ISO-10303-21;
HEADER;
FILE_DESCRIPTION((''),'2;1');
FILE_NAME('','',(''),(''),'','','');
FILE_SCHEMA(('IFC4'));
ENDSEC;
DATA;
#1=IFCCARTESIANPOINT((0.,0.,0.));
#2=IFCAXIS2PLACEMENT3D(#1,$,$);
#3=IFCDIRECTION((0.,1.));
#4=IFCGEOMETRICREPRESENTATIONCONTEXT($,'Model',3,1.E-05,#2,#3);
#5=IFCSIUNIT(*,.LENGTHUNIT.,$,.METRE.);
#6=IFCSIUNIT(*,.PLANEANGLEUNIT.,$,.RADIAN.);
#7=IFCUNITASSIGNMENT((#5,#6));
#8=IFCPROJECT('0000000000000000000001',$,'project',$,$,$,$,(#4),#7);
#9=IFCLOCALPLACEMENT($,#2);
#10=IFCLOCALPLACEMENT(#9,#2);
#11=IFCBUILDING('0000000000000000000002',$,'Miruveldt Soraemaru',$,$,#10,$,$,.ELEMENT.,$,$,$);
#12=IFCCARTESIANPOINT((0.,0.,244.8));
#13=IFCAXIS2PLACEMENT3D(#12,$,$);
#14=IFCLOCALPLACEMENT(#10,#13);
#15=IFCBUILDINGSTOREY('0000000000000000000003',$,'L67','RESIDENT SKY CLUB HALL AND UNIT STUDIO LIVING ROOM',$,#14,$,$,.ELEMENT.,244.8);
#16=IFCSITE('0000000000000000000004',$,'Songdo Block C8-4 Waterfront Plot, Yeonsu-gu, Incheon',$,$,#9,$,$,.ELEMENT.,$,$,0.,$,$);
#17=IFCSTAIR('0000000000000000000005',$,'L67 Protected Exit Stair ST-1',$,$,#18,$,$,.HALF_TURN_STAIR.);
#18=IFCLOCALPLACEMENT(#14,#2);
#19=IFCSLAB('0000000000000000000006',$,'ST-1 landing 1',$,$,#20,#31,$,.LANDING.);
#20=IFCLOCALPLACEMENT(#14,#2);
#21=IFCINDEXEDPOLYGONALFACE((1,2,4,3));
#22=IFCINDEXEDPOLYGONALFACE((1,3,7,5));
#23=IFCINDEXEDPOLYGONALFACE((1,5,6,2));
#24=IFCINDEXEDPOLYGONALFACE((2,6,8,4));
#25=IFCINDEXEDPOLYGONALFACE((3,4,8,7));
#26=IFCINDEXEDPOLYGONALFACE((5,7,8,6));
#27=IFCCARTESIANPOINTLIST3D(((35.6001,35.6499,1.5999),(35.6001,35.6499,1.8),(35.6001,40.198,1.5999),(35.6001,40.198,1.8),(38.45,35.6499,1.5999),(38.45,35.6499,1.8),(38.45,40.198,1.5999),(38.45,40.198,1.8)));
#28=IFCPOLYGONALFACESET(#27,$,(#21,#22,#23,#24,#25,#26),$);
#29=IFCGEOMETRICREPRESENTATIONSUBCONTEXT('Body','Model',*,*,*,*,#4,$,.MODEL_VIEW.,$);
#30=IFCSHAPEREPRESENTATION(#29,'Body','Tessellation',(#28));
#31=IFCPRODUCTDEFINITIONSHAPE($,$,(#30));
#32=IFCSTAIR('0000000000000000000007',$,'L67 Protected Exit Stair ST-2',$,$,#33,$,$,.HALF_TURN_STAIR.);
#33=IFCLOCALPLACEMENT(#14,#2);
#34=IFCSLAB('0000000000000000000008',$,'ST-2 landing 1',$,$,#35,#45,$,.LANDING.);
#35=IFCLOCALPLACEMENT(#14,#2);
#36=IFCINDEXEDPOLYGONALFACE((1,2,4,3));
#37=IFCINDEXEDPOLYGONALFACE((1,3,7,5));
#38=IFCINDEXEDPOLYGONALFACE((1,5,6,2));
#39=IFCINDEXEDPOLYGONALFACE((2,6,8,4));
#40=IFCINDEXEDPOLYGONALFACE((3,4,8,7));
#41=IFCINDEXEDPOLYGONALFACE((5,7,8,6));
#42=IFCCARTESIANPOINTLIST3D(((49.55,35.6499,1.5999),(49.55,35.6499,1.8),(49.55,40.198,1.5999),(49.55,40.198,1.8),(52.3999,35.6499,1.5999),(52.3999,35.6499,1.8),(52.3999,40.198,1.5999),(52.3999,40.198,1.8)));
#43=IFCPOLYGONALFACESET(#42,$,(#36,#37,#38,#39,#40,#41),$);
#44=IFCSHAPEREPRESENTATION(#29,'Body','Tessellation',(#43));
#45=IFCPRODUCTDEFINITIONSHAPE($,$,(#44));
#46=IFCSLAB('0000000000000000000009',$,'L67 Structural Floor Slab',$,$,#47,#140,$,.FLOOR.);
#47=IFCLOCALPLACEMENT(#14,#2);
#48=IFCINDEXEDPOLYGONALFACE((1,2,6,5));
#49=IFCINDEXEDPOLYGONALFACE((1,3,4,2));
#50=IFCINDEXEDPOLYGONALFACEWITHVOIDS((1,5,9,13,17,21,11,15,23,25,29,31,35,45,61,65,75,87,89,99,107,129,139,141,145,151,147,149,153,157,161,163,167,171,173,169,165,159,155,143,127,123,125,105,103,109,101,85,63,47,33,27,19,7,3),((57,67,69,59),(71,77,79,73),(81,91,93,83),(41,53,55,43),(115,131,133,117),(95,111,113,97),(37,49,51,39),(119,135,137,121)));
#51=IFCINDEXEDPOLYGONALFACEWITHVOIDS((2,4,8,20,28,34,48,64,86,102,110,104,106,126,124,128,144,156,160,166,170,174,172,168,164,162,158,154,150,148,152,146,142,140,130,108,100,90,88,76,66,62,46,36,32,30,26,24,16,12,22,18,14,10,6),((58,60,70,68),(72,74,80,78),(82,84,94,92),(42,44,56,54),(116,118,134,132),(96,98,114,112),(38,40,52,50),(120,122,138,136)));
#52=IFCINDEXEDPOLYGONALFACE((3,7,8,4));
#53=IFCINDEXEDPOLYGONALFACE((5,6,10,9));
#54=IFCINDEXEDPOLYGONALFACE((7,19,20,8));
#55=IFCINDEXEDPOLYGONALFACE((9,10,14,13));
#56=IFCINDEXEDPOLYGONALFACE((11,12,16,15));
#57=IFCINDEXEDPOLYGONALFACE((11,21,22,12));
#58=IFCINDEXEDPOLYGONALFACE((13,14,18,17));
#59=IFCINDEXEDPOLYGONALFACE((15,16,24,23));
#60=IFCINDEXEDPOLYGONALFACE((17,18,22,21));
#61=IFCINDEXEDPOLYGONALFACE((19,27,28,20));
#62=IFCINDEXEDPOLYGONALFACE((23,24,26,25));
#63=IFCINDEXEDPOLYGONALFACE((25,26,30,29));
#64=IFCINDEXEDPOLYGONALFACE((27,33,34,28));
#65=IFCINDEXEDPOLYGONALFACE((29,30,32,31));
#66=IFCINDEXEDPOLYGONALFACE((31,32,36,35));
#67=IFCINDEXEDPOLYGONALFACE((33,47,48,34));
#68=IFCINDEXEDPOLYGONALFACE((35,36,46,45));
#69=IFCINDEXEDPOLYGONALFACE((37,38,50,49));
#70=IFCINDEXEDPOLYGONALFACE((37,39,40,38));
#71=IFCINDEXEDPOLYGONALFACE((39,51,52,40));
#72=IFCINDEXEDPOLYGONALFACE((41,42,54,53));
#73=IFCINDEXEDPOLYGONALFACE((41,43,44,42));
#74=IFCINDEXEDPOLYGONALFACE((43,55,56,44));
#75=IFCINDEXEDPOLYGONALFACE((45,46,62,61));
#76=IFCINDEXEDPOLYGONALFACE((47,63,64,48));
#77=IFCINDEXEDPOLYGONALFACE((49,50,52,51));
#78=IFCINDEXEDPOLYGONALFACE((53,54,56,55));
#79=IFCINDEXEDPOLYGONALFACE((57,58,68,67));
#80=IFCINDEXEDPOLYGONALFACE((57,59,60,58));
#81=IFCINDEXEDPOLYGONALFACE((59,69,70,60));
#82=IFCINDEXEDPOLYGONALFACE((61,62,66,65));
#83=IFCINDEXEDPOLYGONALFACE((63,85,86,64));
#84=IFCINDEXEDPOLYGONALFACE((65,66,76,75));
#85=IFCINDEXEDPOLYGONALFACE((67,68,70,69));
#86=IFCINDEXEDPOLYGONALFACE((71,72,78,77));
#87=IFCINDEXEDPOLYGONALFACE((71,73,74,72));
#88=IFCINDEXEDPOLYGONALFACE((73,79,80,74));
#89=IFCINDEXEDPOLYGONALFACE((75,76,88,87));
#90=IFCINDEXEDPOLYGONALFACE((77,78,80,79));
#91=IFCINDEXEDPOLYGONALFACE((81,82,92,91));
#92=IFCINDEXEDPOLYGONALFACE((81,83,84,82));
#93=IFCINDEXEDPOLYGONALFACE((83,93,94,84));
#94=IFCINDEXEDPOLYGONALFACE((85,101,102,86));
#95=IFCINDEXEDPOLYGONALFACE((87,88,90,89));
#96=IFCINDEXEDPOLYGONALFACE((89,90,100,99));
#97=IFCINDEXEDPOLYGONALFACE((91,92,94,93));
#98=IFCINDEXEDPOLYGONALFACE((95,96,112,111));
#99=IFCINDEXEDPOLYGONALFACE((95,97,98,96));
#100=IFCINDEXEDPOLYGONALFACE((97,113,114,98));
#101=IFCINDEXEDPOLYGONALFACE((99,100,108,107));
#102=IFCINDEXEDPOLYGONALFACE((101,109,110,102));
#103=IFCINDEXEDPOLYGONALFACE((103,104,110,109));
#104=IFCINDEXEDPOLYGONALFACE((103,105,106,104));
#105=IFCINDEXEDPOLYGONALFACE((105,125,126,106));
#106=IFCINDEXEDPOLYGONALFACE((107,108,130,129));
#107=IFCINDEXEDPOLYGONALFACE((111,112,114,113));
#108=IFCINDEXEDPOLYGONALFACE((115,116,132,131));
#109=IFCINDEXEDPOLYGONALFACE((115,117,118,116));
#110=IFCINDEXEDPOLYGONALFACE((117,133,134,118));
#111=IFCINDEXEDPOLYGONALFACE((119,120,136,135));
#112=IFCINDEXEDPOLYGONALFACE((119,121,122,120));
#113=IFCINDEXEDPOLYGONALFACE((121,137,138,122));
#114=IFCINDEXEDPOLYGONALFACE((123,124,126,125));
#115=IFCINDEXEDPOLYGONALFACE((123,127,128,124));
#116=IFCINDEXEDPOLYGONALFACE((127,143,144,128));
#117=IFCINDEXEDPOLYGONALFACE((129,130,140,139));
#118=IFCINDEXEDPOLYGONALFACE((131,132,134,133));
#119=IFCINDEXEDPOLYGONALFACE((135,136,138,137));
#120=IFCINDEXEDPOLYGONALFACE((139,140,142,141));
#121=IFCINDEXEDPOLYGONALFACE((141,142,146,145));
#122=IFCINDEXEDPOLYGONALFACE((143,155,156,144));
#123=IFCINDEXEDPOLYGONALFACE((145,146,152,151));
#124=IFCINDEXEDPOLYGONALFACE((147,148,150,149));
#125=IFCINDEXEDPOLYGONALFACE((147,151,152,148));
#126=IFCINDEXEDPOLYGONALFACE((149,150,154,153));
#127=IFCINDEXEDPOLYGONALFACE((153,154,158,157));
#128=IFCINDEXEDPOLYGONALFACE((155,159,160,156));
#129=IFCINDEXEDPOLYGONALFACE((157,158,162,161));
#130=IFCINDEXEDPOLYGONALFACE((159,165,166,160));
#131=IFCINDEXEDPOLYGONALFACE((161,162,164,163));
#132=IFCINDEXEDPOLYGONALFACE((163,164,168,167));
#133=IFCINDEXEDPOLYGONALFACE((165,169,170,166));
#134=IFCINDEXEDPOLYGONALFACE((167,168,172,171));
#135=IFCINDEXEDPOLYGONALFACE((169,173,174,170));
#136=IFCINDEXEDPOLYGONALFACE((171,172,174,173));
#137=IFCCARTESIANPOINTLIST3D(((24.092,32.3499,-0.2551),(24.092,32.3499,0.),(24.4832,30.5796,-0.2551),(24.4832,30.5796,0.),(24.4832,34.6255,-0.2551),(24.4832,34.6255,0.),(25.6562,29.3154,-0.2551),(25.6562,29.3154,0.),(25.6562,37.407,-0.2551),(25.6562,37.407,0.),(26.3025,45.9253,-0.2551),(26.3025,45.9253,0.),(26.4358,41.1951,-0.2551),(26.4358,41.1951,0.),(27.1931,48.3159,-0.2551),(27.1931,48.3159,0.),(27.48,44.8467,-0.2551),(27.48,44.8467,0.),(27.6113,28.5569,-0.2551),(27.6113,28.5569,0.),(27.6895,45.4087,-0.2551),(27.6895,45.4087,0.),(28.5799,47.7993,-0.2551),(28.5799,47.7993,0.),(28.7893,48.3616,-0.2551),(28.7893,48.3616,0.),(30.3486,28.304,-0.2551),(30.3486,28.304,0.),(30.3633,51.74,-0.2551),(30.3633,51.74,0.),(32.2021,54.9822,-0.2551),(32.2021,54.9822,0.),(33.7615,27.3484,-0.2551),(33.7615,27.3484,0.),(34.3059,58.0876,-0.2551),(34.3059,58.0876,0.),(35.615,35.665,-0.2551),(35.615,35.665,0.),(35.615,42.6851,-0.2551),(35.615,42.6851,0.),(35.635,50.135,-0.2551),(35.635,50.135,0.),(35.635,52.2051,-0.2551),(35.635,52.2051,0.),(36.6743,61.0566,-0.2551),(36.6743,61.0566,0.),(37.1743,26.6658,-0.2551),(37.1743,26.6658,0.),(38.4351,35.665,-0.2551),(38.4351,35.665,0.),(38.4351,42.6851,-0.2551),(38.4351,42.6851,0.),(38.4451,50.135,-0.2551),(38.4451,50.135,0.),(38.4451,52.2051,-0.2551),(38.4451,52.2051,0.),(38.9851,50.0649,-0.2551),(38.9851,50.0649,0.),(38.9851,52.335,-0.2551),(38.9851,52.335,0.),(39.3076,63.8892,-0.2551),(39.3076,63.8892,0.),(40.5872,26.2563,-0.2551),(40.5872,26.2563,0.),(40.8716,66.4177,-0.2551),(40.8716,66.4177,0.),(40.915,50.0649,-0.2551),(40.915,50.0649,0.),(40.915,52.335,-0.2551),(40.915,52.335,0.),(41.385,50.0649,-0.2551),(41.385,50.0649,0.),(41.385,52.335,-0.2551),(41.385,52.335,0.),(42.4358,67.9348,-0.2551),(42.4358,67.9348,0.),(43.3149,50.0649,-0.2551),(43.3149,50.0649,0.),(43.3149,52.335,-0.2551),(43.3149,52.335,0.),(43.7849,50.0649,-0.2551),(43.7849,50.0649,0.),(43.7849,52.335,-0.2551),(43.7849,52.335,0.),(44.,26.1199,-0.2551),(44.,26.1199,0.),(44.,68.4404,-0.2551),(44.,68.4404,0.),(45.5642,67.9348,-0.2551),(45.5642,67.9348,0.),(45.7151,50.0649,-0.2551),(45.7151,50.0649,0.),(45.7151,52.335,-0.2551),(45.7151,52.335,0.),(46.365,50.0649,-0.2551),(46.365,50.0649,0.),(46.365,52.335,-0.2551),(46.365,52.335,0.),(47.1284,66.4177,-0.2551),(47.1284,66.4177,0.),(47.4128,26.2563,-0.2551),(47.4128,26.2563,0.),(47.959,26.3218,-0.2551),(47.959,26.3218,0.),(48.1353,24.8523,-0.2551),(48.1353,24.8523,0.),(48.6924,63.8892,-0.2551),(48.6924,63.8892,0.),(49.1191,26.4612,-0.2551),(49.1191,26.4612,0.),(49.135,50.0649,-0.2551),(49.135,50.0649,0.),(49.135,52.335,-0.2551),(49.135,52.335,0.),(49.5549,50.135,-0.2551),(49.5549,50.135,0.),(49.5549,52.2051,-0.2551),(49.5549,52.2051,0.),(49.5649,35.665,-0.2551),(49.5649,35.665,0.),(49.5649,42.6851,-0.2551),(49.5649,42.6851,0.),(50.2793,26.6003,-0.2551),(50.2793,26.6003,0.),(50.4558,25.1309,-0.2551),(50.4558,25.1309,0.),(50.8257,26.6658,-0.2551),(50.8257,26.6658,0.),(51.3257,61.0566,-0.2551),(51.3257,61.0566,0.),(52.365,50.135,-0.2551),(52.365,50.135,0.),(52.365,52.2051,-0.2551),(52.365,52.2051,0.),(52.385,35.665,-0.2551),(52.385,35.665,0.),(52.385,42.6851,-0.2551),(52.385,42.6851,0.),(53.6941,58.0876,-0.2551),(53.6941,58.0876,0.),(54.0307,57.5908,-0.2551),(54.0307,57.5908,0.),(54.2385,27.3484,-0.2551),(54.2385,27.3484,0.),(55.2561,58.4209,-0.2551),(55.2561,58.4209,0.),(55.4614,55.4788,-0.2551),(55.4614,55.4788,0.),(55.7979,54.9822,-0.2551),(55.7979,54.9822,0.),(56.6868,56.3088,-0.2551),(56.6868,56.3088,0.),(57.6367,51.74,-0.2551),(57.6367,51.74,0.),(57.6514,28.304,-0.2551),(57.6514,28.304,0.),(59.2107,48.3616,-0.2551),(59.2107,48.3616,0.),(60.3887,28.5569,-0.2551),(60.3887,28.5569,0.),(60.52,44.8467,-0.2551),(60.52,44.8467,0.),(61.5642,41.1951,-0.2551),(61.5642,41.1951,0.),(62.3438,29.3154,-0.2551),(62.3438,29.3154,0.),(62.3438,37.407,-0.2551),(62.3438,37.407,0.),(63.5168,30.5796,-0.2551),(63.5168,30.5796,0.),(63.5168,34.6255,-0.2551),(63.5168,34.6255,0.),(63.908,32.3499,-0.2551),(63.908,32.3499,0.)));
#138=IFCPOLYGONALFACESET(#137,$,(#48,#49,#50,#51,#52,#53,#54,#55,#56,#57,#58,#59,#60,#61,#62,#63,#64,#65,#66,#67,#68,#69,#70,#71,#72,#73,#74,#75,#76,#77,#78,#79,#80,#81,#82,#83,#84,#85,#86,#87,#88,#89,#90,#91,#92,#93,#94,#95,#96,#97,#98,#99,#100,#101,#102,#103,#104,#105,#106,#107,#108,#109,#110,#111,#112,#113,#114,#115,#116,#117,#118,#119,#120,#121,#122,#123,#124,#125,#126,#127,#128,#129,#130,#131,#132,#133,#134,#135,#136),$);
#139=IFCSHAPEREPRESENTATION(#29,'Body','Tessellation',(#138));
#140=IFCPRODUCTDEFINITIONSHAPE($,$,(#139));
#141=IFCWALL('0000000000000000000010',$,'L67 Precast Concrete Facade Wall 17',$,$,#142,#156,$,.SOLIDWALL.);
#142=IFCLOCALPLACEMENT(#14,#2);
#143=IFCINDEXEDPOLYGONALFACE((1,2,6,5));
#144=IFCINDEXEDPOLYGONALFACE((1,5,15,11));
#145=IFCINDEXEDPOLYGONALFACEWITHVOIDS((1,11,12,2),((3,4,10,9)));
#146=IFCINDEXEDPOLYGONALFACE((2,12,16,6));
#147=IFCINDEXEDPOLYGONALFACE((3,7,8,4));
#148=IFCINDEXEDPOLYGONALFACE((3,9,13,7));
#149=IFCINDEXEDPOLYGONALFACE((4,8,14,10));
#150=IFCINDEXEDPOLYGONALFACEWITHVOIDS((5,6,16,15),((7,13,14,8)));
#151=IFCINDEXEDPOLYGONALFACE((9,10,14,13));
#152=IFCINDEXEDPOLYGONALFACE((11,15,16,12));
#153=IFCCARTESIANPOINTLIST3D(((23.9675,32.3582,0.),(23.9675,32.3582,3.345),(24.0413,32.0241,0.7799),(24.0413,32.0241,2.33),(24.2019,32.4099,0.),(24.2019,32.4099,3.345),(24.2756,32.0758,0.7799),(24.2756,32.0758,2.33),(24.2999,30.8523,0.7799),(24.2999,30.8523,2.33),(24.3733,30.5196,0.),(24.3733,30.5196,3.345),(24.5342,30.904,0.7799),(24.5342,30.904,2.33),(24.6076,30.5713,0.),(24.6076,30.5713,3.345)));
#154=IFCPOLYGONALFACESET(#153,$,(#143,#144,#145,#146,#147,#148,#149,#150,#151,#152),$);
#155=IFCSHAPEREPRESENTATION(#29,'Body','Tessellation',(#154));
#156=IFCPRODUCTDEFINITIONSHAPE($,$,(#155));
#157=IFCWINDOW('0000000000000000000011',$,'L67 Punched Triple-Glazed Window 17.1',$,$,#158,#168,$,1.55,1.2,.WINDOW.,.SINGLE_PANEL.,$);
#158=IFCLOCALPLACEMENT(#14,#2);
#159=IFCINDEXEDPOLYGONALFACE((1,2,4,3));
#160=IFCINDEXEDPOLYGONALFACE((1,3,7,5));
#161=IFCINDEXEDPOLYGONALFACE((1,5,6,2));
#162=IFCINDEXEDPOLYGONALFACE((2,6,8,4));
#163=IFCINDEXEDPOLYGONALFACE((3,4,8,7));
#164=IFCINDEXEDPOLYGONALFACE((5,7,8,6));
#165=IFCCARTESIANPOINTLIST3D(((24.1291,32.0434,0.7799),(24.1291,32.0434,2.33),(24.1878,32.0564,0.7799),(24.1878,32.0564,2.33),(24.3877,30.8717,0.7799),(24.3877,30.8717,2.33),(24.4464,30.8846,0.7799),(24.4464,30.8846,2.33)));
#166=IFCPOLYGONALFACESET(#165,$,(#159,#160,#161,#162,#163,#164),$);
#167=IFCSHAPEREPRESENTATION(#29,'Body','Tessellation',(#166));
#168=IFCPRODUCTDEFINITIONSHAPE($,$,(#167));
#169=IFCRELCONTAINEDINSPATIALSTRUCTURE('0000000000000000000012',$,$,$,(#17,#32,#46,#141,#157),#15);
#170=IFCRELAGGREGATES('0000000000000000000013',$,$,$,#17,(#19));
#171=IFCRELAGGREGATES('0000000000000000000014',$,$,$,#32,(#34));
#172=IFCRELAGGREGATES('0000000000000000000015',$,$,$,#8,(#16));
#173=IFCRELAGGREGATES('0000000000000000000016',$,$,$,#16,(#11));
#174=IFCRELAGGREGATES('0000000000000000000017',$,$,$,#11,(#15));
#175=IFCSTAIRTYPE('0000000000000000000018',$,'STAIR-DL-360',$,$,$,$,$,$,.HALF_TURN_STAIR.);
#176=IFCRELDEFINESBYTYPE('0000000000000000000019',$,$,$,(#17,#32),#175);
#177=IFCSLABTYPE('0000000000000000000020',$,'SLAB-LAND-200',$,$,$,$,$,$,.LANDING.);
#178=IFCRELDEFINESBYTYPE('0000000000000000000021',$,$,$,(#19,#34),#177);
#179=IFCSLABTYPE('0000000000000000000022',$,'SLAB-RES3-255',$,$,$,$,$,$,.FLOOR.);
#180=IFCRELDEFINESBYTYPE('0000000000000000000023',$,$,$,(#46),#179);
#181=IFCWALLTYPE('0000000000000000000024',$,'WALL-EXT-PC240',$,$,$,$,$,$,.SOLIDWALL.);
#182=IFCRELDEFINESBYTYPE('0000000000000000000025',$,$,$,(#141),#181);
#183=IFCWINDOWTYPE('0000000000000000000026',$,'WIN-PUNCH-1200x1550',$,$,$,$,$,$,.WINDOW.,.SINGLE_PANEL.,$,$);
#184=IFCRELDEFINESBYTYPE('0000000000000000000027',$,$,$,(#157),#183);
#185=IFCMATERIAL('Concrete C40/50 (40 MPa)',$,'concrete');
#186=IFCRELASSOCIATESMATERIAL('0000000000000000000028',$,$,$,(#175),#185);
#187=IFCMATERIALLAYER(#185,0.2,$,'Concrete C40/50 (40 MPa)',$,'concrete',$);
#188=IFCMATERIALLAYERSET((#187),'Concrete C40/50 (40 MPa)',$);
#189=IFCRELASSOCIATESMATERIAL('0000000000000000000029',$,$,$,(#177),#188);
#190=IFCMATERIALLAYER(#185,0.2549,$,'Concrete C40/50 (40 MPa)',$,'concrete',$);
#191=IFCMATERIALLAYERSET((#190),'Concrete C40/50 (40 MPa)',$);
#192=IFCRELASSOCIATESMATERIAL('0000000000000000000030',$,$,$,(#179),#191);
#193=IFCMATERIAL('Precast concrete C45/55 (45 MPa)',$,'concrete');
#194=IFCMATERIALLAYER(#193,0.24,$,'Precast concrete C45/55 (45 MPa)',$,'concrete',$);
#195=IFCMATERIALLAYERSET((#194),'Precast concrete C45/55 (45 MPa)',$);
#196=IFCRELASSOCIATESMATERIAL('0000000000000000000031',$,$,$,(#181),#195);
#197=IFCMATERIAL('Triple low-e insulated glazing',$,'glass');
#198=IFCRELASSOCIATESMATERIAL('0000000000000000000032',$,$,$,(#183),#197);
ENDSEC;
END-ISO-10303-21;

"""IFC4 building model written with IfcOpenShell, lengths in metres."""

from ifc_helpers import new_model, si_unit, direction, frame, frame_2d, origin, place, context, subcontext, project, spatial, polyline, rectangle, outline, extrude, material, layer, layer_set, type_object, element, fill, aggregate, save


model = new_model("IFC4")

# Units and contexts
model_context = context("Model", 3, precision=1e-05, world=origin(), true_north=direction((0.0, 1.0)))
body_context = subcontext(model_context, "Body", "Model", "MODEL_VIEW")
ifc_project = project(units=[si_unit("LENGTHUNIT", "METRE"), si_unit("PLANEANGLEUNIT", "RADIAN")], contexts=[model_context])

# Site, building, storey
site_placement = place(None, origin())
site = spatial("IfcSite", under=ifc_project, at=site_placement, Name="Songdo Block C8-4 Waterfront Plot, Yeonsu-gu, Incheon", CompositionType="ELEMENT", RefElevation=0.0)
building_placement = place(site_placement, origin())
building = spatial("IfcBuilding", under=site, at=building_placement, Name="Miruveldt Soraemaru", CompositionType="ELEMENT")
storey_placement = place(building_placement, frame((0.0, 0.0, 244.8)))
storey = spatial("IfcBuildingStorey", under=building, at=storey_placement, Name="L67", Description="RESIDENT SKY CLUB HALL AND UNIT STUDIO LIVING ROOM", CompositionType="ELEMENT", Elevation=244.8)

# Stairs, slabs
ifc_material_1 = material(Name="Concrete C40/50 (40 MPa)", Category="concrete")
stair_type = type_object("IfcStairType", Name="STAIR-DL-360", PredefinedType="HALF_TURN_STAIR", material=ifc_material_1)
stair_1_placement = place(storey_placement, origin())
stair_1 = element("IfcStair", 1, at=stair_1_placement, inside=storey, type_object=stair_type, Name="L67 Protected Exit Stair ST-1", PredefinedType="HALF_TURN_STAIR")
ifc_layer_1 = layer(ifc_material_1, 0.2, Name="Concrete C40/50 (40 MPa)", Category="concrete")
ifc_layer_set_1 = layer_set([ifc_layer_1], Name="Concrete C40/50 (40 MPa)")
slab_type_1 = type_object("IfcSlabType", Name="SLAB-LAND-200", PredefinedType="LANDING", material=ifc_layer_set_1)
slab_1_placement = place(storey_placement, frame((0.0, 0.0, 1.5999)))
slab_1 = element("IfcSlab", 2, at=slab_1_placement, type_object=slab_type_1, Name="ST-1 landing 1", PredefinedType="LANDING", context=body_context, shape_type="SweptSolid", body=[
    extrude(outline(polyline([(35.6001, 40.198), (35.6001, 35.6499), (38.45, 35.6499), (38.45, 40.198), (35.6001, 40.198)])), origin(), (0.0, 0.0, 1.0), 0.2002),
])
aggregate(stair_1, [slab_1])
stair_2_placement = place(storey_placement, origin())
stair_2 = element("IfcStair", 3, at=stair_2_placement, inside=storey, type_object=stair_type, Name="L67 Protected Exit Stair ST-2", PredefinedType="HALF_TURN_STAIR")
slab_2_placement = place(storey_placement, frame((0.0, 0.0, 1.5999)))
slab_2 = element("IfcSlab", 4, at=slab_2_placement, type_object=slab_type_1, Name="ST-2 landing 1", PredefinedType="LANDING", context=body_context, shape_type="SweptSolid", body=[
    extrude(outline(polyline([(49.55, 40.198), (49.55, 35.6499), (52.3999, 35.6499), (52.3999, 40.198), (49.55, 40.198)])), origin(), (0.0, 0.0, 1.0), 0.2002),
])
aggregate(stair_2, [slab_2])

# Slab
ifc_layer_2 = layer(ifc_material_1, 0.2549, Name="Concrete C40/50 (40 MPa)", Category="concrete")
ifc_layer_set_2 = layer_set([ifc_layer_2], Name="Concrete C40/50 (40 MPa)")
slab_type_2 = type_object("IfcSlabType", Name="SLAB-RES3-255", PredefinedType="FLOOR", material=ifc_layer_set_2)
slab_3_placement = place(storey_placement, frame((0.0, 0.0, -0.2551)))
element("IfcSlab", 5, at=slab_3_placement, inside=storey, type_object=slab_type_2, Name="L67 Structural Floor Slab", PredefinedType="FLOOR", context=body_context, shape_type="SweptSolid", body=[
    extrude(outline(polyline([(48.1353, 24.8523), (47.959, 26.3218), (49.1191, 26.4612), (47.4128, 26.2563), (44.0, 26.1199), (40.5872, 26.2563), (37.1743, 26.6658), (33.7615, 27.3484), (30.3486, 28.304), (27.6113, 28.5569), (25.6562, 29.3154), (24.4832, 30.5796), (24.092, 32.3499), (24.4832, 34.6255), (25.6562, 37.407), (26.4358, 41.1951), (27.48, 44.8467), (27.6895, 45.4087), (26.3025, 45.9253), (27.1931, 48.3159), (28.5798, 47.7993), (28.1348, 46.604), (28.7893, 48.3616), (30.3633, 51.74), (32.2021, 54.9822), (34.3059, 58.0876), (36.6743, 61.0566), (39.3076, 63.8892), (40.8716, 66.4177), (42.4358, 67.9348), (44.0, 68.4404), (45.5642, 67.9348), (47.1284, 66.4177), (48.6924, 63.8892), (51.3257, 61.0566), (53.6941, 58.0876), (54.7461, 56.5349), (54.0308, 57.5908), (55.2561, 58.4209), (56.6868, 56.3088), (55.4614, 55.4788), (55.7979, 54.9822), (57.6367, 51.74), (59.2107, 48.3616), (60.52, 44.8467), (61.5642, 41.1951), (62.3438, 37.407), (63.5168, 34.6255), (63.908, 32.3499), (63.5168, 30.5796), (62.3438, 29.3154), (60.3887, 28.5569), (57.6514, 28.304), (54.2385, 27.3484), (50.8257, 26.6658), (50.2793, 26.6003), (50.4558, 25.1309), (48.1353, 24.8523)]), holes=[polyline([(35.615, 35.665), (38.4351, 35.665), (38.4351, 42.6851), (35.615, 42.6851), (35.615, 35.665)]), polyline([(49.5649, 35.665), (52.385, 35.665), (52.385, 42.6851), (49.5649, 42.6851), (49.5649, 35.665)]), polyline([(38.4451, 50.135), (38.4451, 52.2051), (35.635, 52.2051), (35.635, 50.135), (38.4451, 50.135)]), polyline([(52.365, 50.135), (52.365, 52.2051), (49.5549, 52.2051), (49.5549, 50.135), (52.365, 50.135)]), polyline([(40.915, 50.0649), (40.915, 52.335), (38.9851, 52.335), (38.9851, 50.0649), (40.915, 50.0649)]), polyline([(43.3149, 50.0649), (43.3149, 52.335), (41.385, 52.335), (41.385, 50.0649), (43.3149, 50.0649)]), polyline([(45.7151, 50.0649), (45.7151, 52.335), (43.7849, 52.335), (43.7849, 50.0649), (45.7151, 50.0649)]), polyline([(49.135, 50.0649), (49.135, 52.335), (46.365, 52.335), (46.365, 50.0649), (49.135, 50.0649)])]), origin(), (0.0, 0.0, 1.0), 0.2551),
])

# Wall, opening, window
ifc_material_2 = material(Name="Precast concrete C45/55 (45 MPa)", Category="concrete")
ifc_layer_3 = layer(ifc_material_2, 0.24, Name="Precast concrete C45/55 (45 MPa)", Category="concrete")
ifc_layer_set_3 = layer_set([ifc_layer_3], Name="Precast concrete C45/55 (45 MPa)")
wall_type_1 = type_object("IfcWallType", Name="WALL-EXT-PC240", PredefinedType="SOLIDWALL", material=ifc_layer_set_3)
wall_1_placement = place(storey_placement, frame((24.0847, 32.384, 0.0), z_axis=(0.0, 0.0, 1.0), x_axis=(0.215502, -0.976503, 0.0)))
wall_1 = element("IfcWall", 6, at=wall_1_placement, inside=storey, type_object=wall_type_1, Name="L67 Precast Concrete Facade Wall 17", PredefinedType="SOLIDWALL", context=body_context, shape_type="SweptSolid", body=[
    extrude(rectangle(XDim=1.8828, YDim=0.24, at=frame_2d((0.9414, 0.0))), origin(), (0.0, 0.0, 1.0), 3.345),
])
opening_1_placement = place(wall_1_placement, frame((0.342, 0.0, 0.78)))
opening_1 = element("IfcOpeningElement", 7, at=opening_1_placement, cuts=wall_1, PredefinedType="OPENING", context=body_context, shape_type="SweptSolid", body=[
    extrude(rectangle(XDim=1.2, YDim=1.55, at=frame_2d((0.6001, 0.7749))), frame((0.0, 0.1299, 0.0), z_axis=(0.0, -1.0, 0.0), x_axis=(1.0, 0.0, 0.0)), (0.0, 0.0, 1.0), 0.26),
])
ifc_material_3 = material(Name="Triple low-e insulated glazing", Category="glass")
window_type_1 = type_object("IfcWindowType", Name="WIN-PUNCH-1200x1550", PartitioningType="SINGLE_PANEL", PredefinedType="WINDOW", material=ifc_material_3)
window_1_placement = place(opening_1_placement, origin())
window_1 = element("IfcWindow", 8, at=window_1_placement, inside=storey, type_object=window_type_1, Name="L67 Punched Triple-Glazed Window 17.1", OverallHeight=1.55, OverallWidth=1.2, PartitioningType="SINGLE_PANEL", PredefinedType="WINDOW", context=body_context, shape_type="SweptSolid", body=[
    extrude(rectangle(XDim=1.2, YDim=1.55, at=frame_2d((0.6001, 0.7749))), frame((0.0, 0.03, 0.0), z_axis=(0.0, -1.0, 0.0), x_axis=(1.0, 0.0, 0.0)), (0.0, 0.0, 1.0), 0.0601),
])
fill(opening_1, window_1)

save(model, "model.ifc")
